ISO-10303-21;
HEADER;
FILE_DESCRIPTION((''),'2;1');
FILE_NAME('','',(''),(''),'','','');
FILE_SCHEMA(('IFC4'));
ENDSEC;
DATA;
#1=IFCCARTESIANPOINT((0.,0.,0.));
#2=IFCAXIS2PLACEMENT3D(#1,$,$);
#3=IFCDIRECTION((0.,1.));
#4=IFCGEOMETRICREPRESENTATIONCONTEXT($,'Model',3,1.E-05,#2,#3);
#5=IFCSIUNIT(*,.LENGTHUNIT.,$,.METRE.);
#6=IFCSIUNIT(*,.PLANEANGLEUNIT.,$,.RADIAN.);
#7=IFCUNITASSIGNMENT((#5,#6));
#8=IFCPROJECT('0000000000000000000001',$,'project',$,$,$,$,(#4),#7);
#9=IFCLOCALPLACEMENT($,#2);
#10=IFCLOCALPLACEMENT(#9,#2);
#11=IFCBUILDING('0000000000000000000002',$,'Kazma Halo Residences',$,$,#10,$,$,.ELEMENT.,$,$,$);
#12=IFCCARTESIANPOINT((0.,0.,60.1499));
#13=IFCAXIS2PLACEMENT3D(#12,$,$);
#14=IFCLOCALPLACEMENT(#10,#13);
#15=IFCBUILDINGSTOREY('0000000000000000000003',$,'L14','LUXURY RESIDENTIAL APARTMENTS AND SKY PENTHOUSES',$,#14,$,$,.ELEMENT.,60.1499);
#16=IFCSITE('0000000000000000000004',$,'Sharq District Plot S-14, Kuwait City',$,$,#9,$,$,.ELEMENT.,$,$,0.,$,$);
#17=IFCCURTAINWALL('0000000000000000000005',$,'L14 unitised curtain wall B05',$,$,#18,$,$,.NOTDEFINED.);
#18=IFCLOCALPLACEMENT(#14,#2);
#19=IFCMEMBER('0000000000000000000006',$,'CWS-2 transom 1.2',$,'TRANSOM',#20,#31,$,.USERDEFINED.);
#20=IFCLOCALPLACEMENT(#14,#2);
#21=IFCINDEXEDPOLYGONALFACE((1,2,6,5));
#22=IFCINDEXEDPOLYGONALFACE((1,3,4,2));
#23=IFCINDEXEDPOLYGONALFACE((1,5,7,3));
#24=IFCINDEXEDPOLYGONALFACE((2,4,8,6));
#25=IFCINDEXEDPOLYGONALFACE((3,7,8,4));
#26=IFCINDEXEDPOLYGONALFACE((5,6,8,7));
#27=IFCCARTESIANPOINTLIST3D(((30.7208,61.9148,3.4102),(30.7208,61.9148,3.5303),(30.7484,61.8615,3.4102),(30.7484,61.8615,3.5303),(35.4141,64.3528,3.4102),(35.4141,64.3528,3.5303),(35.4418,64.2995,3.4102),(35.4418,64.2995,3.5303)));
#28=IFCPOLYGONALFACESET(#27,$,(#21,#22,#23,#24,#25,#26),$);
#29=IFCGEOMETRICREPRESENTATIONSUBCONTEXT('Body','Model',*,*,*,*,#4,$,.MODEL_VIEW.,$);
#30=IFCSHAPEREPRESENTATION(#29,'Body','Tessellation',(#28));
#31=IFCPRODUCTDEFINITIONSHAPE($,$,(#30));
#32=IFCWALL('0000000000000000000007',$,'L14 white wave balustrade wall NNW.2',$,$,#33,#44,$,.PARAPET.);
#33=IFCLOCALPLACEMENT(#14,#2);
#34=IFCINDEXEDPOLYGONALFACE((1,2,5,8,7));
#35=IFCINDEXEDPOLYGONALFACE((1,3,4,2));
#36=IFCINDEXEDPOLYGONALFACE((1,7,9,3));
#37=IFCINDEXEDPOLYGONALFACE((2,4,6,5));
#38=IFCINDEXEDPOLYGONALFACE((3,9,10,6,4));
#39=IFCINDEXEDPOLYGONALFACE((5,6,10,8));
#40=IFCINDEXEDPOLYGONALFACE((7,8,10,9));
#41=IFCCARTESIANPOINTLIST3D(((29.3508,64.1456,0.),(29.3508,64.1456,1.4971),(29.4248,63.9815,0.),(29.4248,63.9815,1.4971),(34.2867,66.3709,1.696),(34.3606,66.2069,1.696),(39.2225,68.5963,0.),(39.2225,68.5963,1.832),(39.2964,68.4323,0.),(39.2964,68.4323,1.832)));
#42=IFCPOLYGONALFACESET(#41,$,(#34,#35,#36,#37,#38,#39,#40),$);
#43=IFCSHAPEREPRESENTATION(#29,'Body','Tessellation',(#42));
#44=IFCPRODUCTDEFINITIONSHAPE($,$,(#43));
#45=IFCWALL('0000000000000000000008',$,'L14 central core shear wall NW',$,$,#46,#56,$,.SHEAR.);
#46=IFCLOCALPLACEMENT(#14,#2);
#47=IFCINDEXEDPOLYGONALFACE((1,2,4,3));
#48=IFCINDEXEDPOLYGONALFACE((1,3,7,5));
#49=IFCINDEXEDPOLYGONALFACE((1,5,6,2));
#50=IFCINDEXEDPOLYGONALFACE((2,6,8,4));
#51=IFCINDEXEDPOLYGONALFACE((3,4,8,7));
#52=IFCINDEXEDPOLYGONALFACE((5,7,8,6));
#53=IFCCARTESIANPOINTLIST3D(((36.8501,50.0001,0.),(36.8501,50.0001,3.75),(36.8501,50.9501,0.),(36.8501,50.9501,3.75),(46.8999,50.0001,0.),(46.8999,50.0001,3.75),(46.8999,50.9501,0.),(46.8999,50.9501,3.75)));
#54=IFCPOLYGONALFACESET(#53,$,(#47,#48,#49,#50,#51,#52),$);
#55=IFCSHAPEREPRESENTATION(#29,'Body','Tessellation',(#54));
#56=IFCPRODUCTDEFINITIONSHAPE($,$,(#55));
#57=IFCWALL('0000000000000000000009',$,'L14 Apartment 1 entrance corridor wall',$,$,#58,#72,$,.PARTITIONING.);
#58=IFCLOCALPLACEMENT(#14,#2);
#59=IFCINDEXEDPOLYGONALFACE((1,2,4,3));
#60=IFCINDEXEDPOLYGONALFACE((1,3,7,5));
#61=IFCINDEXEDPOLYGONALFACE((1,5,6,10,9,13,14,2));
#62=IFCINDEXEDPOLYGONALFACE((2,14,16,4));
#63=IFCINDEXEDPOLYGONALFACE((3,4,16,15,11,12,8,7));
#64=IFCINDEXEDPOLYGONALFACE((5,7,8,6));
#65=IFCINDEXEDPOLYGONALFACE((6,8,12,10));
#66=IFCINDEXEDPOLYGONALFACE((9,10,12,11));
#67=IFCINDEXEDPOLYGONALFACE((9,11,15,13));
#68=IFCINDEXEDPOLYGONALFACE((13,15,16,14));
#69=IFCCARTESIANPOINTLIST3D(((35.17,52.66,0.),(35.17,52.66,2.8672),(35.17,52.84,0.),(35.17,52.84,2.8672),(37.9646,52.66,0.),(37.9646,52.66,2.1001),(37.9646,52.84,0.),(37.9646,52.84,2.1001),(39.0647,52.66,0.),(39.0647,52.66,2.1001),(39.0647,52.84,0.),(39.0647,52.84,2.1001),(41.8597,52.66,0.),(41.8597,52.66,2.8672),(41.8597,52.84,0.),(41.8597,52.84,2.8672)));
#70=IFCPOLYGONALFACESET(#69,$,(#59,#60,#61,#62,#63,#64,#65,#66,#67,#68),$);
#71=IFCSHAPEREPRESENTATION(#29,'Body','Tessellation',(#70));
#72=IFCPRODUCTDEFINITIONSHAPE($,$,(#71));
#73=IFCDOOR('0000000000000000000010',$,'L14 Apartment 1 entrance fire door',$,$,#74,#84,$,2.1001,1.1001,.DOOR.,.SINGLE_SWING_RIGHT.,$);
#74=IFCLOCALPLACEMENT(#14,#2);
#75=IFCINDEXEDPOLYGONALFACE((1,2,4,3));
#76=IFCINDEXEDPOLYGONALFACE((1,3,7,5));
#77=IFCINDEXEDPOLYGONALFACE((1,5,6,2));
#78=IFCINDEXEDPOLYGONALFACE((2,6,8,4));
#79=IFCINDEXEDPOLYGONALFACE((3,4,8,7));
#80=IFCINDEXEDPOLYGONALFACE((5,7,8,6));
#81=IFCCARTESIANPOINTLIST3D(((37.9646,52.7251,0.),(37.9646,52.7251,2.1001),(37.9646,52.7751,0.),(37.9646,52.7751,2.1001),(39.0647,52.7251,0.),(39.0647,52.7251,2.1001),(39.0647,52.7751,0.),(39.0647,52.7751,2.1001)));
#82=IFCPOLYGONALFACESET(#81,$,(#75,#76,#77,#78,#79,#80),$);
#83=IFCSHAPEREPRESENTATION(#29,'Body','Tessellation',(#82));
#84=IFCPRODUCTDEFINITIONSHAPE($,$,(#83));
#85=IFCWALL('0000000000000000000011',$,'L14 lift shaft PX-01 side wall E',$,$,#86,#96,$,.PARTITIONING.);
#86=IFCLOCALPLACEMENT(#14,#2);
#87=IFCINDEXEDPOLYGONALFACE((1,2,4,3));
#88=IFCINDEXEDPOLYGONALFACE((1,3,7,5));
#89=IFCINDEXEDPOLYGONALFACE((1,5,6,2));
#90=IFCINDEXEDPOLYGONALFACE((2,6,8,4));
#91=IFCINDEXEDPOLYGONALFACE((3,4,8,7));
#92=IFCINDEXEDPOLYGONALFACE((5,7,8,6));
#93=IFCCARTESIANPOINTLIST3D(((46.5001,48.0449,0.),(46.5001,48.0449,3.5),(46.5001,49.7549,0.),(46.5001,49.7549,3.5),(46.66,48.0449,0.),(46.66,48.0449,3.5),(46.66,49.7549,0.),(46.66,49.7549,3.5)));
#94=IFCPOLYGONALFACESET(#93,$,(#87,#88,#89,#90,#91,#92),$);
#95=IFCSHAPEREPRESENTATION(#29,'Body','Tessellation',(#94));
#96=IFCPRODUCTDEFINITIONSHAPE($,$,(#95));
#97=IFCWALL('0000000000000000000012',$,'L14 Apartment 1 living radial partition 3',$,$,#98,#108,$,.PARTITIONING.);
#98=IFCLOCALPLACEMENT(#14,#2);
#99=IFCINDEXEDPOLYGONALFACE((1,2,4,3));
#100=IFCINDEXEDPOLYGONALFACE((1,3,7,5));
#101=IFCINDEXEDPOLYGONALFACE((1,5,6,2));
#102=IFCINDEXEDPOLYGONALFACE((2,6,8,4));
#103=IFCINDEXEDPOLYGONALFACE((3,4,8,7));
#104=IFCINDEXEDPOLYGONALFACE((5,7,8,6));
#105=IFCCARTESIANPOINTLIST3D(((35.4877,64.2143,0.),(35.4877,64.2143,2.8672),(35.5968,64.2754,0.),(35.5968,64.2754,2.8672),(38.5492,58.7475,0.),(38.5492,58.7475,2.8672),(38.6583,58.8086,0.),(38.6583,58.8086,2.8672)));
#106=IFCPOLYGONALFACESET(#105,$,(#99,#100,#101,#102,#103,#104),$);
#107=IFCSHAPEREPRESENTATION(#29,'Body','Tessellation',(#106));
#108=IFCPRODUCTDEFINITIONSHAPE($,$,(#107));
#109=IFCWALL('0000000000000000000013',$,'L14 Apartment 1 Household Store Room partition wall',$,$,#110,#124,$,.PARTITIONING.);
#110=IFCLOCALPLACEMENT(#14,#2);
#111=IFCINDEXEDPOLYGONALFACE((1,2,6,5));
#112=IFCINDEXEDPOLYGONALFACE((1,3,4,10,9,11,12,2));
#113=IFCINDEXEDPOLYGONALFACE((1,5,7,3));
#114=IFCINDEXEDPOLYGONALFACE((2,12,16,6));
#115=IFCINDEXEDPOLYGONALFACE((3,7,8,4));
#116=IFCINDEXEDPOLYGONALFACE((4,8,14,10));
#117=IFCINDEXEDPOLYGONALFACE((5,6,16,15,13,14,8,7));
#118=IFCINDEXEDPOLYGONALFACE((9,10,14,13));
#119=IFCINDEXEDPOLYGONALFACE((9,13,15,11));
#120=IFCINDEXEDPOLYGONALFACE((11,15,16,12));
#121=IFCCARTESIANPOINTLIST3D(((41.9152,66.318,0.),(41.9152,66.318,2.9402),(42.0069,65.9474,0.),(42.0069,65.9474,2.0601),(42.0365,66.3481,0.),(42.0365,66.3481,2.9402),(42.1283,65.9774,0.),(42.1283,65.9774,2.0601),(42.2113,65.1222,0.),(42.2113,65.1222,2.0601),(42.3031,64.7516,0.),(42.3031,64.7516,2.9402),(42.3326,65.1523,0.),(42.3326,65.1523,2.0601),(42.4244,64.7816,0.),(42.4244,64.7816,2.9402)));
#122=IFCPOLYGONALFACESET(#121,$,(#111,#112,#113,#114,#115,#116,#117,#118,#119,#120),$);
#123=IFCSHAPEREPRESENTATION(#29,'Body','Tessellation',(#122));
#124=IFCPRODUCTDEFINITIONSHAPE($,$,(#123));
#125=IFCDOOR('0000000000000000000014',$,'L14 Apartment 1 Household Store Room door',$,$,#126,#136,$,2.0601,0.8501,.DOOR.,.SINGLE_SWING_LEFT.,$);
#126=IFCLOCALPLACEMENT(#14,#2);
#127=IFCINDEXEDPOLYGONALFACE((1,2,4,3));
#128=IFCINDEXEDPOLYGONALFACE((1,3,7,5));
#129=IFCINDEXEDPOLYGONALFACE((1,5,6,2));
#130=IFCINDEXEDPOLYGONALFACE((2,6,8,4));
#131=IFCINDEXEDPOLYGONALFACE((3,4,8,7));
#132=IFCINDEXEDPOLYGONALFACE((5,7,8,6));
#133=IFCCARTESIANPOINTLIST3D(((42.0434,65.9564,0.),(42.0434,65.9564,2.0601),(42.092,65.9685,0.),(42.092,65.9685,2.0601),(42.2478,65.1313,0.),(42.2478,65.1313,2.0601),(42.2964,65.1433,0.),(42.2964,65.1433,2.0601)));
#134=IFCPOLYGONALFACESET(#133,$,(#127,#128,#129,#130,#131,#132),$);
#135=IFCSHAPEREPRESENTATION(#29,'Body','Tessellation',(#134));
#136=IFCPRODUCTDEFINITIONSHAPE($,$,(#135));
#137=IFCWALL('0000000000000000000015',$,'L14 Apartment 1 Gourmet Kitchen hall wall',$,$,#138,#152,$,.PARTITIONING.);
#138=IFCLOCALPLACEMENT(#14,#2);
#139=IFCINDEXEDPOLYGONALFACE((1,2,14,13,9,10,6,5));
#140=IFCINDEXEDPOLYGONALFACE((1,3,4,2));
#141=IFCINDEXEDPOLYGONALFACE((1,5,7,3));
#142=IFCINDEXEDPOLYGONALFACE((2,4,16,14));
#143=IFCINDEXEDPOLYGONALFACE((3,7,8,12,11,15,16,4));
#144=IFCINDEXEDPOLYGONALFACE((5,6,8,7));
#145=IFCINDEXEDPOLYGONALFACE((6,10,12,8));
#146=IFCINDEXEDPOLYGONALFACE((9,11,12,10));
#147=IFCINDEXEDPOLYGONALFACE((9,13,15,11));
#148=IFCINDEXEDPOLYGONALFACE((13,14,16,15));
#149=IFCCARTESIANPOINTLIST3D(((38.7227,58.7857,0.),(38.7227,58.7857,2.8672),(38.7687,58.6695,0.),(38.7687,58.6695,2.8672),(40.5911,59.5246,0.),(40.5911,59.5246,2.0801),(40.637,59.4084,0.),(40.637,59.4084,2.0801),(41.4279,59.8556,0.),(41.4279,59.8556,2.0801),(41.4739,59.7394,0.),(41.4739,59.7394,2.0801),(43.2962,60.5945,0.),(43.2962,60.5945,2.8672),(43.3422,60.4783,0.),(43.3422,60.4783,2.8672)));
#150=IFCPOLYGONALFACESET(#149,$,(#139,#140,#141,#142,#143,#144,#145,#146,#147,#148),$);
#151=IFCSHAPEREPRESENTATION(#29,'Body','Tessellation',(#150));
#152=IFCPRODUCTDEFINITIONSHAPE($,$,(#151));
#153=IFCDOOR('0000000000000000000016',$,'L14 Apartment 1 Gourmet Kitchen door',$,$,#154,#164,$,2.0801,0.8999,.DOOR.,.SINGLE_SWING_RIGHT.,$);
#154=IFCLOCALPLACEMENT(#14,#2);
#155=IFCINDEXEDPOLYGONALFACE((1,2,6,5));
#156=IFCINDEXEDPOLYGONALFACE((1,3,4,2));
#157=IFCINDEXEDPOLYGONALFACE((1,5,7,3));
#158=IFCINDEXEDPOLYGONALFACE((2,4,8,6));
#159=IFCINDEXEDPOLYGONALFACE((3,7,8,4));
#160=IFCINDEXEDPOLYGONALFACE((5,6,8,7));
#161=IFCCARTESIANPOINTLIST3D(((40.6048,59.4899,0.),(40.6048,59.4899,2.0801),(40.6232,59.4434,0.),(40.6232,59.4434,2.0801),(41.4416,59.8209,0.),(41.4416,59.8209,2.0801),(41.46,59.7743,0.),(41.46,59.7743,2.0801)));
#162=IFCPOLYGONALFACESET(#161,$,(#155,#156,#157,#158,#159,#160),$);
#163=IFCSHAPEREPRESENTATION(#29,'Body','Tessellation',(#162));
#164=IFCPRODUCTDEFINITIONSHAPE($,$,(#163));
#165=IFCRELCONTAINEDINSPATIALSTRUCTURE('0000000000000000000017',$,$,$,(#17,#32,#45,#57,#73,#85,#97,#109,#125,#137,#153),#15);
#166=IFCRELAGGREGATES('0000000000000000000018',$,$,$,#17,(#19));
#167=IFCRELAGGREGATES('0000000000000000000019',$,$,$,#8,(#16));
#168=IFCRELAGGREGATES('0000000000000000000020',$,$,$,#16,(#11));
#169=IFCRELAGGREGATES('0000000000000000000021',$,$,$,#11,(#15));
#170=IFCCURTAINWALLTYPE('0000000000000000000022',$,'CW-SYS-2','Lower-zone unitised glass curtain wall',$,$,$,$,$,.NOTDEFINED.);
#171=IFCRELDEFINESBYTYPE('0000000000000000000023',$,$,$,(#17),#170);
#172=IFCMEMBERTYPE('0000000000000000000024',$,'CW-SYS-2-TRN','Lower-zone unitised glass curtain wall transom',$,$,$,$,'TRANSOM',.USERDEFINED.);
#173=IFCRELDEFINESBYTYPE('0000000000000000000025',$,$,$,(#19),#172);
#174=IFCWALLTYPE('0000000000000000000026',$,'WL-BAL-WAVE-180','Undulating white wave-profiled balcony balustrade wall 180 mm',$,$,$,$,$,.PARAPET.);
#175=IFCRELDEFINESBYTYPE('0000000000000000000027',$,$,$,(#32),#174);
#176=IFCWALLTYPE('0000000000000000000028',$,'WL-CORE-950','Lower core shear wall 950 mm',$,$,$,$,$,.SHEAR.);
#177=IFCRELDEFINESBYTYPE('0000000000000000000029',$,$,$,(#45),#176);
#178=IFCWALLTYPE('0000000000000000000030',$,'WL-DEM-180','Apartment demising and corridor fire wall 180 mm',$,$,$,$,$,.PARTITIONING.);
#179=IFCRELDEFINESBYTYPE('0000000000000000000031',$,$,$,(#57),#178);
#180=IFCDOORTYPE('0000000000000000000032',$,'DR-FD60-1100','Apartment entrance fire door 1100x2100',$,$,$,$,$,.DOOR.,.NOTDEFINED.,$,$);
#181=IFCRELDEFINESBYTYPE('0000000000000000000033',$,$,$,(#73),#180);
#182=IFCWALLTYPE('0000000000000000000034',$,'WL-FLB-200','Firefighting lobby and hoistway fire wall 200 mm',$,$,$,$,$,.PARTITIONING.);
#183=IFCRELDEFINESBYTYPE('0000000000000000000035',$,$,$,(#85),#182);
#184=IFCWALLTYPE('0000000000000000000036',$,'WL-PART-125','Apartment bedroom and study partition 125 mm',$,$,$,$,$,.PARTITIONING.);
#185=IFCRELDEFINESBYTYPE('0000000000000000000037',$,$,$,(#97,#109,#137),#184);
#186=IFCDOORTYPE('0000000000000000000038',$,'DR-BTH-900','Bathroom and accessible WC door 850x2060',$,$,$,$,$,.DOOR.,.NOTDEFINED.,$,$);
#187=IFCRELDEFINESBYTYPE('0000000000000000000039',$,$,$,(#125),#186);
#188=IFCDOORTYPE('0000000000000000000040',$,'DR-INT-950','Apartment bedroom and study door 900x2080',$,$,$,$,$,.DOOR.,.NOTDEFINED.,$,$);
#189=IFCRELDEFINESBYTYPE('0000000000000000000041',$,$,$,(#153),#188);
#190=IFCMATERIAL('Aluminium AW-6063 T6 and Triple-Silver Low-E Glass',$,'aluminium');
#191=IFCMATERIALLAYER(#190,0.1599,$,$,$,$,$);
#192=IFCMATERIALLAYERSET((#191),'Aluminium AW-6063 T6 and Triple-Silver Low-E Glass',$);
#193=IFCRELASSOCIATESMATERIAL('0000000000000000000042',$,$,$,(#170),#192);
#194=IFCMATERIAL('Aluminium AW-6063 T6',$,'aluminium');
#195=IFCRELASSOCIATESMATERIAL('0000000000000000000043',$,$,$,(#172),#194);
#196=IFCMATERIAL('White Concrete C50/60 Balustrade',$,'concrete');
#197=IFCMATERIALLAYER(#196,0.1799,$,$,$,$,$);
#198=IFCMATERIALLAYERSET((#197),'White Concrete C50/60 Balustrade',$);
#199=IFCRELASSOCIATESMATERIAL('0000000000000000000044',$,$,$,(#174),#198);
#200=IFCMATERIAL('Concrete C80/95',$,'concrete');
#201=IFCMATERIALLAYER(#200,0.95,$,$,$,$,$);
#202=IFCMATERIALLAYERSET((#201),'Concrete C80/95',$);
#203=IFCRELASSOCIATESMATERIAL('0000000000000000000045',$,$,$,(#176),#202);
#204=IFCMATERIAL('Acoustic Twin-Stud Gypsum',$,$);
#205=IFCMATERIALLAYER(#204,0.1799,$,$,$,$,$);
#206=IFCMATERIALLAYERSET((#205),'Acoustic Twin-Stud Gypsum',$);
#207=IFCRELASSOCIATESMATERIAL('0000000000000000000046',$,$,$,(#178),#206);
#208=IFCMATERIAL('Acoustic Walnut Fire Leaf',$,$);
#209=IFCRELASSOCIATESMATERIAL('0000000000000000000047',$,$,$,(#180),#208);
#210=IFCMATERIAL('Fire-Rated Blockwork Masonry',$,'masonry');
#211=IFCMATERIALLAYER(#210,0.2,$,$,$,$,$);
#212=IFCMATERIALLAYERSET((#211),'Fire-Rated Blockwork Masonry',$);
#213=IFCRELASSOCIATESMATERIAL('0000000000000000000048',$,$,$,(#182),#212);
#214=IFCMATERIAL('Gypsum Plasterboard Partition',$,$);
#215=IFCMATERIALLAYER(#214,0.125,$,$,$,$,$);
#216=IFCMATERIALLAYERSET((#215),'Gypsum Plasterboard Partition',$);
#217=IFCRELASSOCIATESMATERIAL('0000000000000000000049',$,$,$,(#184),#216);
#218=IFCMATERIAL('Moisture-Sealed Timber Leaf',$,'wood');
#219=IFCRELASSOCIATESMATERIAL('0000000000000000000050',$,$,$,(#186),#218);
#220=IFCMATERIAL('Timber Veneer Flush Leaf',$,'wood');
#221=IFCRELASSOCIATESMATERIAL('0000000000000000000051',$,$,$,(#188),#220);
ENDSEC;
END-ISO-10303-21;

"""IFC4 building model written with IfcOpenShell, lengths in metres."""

from ifc_helpers import new_model, si_unit, direction, frame, frame_2d, origin, origin_2d, place, context, subcontext, project, spatial, polyline, rectangle, outline, extrude, material, layer, layer_set, material_profile, profile_set, type_object, element, fill, aggregate, save


model = new_model("IFC4")

# Units and contexts
model_context = context("Model", 3, precision=1e-05, world=origin(), true_north=direction((0.0, 1.0)))
body_context = subcontext(model_context, "Body", "Model", "MODEL_VIEW")
ifc_project = project(units=[si_unit("LENGTHUNIT", "METRE"), si_unit("PLANEANGLEUNIT", "RADIAN")], contexts=[model_context])

# Site, building, storey
site_placement = place(None, origin())
site = spatial("IfcSite", under=ifc_project, at=site_placement, Name="Sharq District Plot S-14, Kuwait City", CompositionType="ELEMENT", RefElevation=0.0)
building_placement = place(site_placement, origin())
building = spatial("IfcBuilding", under=site, at=building_placement, Name="Kazma Halo Residences", CompositionType="ELEMENT")
storey_placement = place(building_placement, frame((0.0, 0.0, 60.1499)))
storey = spatial("IfcBuildingStorey", under=building, at=storey_placement, Name="L14", Description="LUXURY RESIDENTIAL APARTMENTS AND SKY PENTHOUSES", CompositionType="ELEMENT", Elevation=60.1499)

# Shared definitions
ifc_material_1 = material(Name="Concrete C80/95", Category="concrete")

# Shared definitions
ifc_material_2 = material(Name="Aluminium AW-6063 T6 and Triple-Silver Low-E Glass", Category="aluminium")
ifc_layer_1 = layer(ifc_material_2, 0.1599)
ifc_layer_set_1 = layer_set([ifc_layer_1], Name="Aluminium AW-6063 T6 and Triple-Silver Low-E Glass")
curtain_wall_type = type_object("IfcCurtainWallType", Name="CW-SYS-2", Description="Lower-zone unitised glass curtain wall", PredefinedType="NOTDEFINED", material=ifc_layer_set_1)
ifc_material_3 = material(Name="Aluminium AW-6063 T6", Category="aluminium")

# Curtain wall, member
curtain_wall_1_placement = place(storey_placement, origin())
curtain_wall_1 = element("IfcCurtainWall", 1, at=curtain_wall_1_placement, inside=storey, type_object=curtain_wall_type, Name="L14 unitised curtain wall B05", PredefinedType="NOTDEFINED")
ifc_material_profile_1 = material_profile(ifc_material_3, rectangle(XDim=0.0601, YDim=0.1201, at=origin_2d()), Name="CWT-60x120")
ifc_profile_set_1 = profile_set([ifc_material_profile_1], Name="Aluminium AW-6063 T6")
member_type_1 = type_object("IfcMemberType", Name="CW-SYS-2-TRN", Description="Lower-zone unitised glass curtain wall transom", ElementType="TRANSOM", PredefinedType="USERDEFINED", material=ifc_profile_set_1)
member_1_placement = place(storey_placement, frame((35.428, 64.3262, 3.4702), z_axis=(-0.887415, -0.460972, 0.0), x_axis=(0.460972, -0.887415, 0.0)))
member_1 = element("IfcMember", 2, at=member_1_placement, type_object=member_type_1, Name="CWS-2 transom 1.2", ObjectType="TRANSOM", PredefinedType="USERDEFINED", context=body_context, shape_type="SweptSolid", body=[
    extrude(rectangle(XDim=0.0601, YDim=0.1201, at=origin_2d()), origin(), (0.0, 0.0, 1.0), 5.2888),
])
aggregate(curtain_wall_1, [member_1])

# Walls
ifc_material_4 = material(Name="White Concrete C50/60 Balustrade", Category="concrete")
ifc_layer_2 = layer(ifc_material_4, 0.1799)
ifc_layer_set_2 = layer_set([ifc_layer_2], Name="White Concrete C50/60 Balustrade")
wall_type_1 = type_object("IfcWallType", Name="WL-BAL-WAVE-180", Description="Undulating white wave-profiled balcony balustrade wall 180 mm", PredefinedType="PARAPET", material=ifc_layer_set_2)
wall_1_placement = place(storey_placement, frame((39.2595, 68.5142, 0.0), z_axis=(0.0, 0.0, 1.0), x_axis=(-0.911629, -0.411015, 0.0)))
element("IfcWall", 3, at=wall_1_placement, inside=storey, type_object=wall_type_1, Name="L14 white wave balustrade wall NNW.2", PredefinedType="PARAPET", context=body_context, shape_type="SweptSolid", body=[
    extrude(outline(polyline([(0.0, 0.0), (10.8286, 0.0), (10.8286, 1.4971), (5.4143, 1.696), (0.0, 1.832), (0.0, 0.0)])), frame((0.0, 0.0898, 0.0), z_axis=(0.0, -1.0, 0.0), x_axis=(1.0, 0.0, 0.0)), (0.0, 0.0, 1.0), 0.1799),
])
ifc_layer_3 = layer(ifc_material_1, 0.95)
ifc_layer_set_3 = layer_set([ifc_layer_3], Name="Concrete C80/95")
wall_type_2 = type_object("IfcWallType", Name="WL-CORE-950", Description="Lower core shear wall 950 mm", PredefinedType="SHEAR", material=ifc_layer_set_3)
wall_2_placement = place(storey_placement, frame((36.8501, 50.4751, 0.0), z_axis=(0.0, 0.0, 1.0), x_axis=(1.0, 0.0, 0.0)))
element("IfcWall", 4, at=wall_2_placement, inside=storey, type_object=wall_type_2, Name="L14 central core shear wall NW", PredefinedType="SHEAR", context=body_context, shape_type="SweptSolid", body=[
    extrude(rectangle(XDim=10.0498, YDim=0.95, at=frame_2d((5.0249, 0.0))), origin(), (0.0, 0.0, 1.0), 3.75),
])

# Wall, opening, door
ifc_material_5 = material(Name="Acoustic Twin-Stud Gypsum")
ifc_layer_4 = layer(ifc_material_5, 0.1799)
ifc_layer_set_4 = layer_set([ifc_layer_4], Name="Acoustic Twin-Stud Gypsum")
wall_type_3 = type_object("IfcWallType", Name="WL-DEM-180", Description="Apartment demising and corridor fire wall 180 mm", PredefinedType="PARTITIONING", material=ifc_layer_set_4)
wall_3_placement = place(storey_placement, frame((41.8596, 52.75, 0.0), z_axis=(0.0, 0.0, 1.0), x_axis=(-1.0, 0.0, 0.0)))
wall_3 = element("IfcWall", 5, at=wall_3_placement, inside=storey, type_object=wall_type_3, Name="L14 Apartment 1 entrance corridor wall", PredefinedType="PARTITIONING", context=body_context, shape_type="SweptSolid", body=[
    extrude(rectangle(XDim=6.6897, YDim=0.1799, at=frame_2d((3.3447, 0.0))), origin(), (0.0, 0.0, 1.0), 2.8672),
])
opening_1_placement = place(wall_3_placement, frame((2.7949, 0.0, 0.0)))
opening_1 = element("IfcOpeningElement", 6, at=opening_1_placement, cuts=wall_3, PredefinedType="OPENING", context=body_context, shape_type="SweptSolid", body=[
    extrude(rectangle(XDim=1.1001, YDim=2.1001, at=frame_2d((0.55, 1.05))), frame((0.0, 0.0999, 0.0), z_axis=(0.0, -1.0, 0.0), x_axis=(1.0, 0.0, 0.0)), (0.0, 0.0, 1.0), 0.2),
])
ifc_material_6 = material(Name="Acoustic Walnut Fire Leaf")
door_type_1 = type_object("IfcDoorType", Name="DR-FD60-1100", Description="Apartment entrance fire door 1100x2100", OperationType="NOTDEFINED", PredefinedType="DOOR", material=ifc_material_6)
door_1_placement = place(opening_1_placement, origin())
door_1 = element("IfcDoor", 7, at=door_1_placement, inside=storey, type_object=door_type_1, Name="L14 Apartment 1 entrance fire door", OperationType="SINGLE_SWING_RIGHT", OverallHeight=2.1001, OverallWidth=1.1001, PredefinedType="DOOR", context=body_context, shape_type="SweptSolid", body=[
    extrude(rectangle(XDim=1.1001, YDim=2.1001, at=frame_2d((0.55, 1.05))), frame((0.0, 0.0249, 0.0), z_axis=(0.0, -1.0, 0.0), x_axis=(1.0, 0.0, 0.0)), (0.0, 0.0, 1.0), 0.05),
])
fill(opening_1, door_1)

# Walls
ifc_material_7 = material(Name="Fire-Rated Blockwork Masonry", Category="masonry")
ifc_layer_5 = layer(ifc_material_7, 0.2)
ifc_layer_set_5 = layer_set([ifc_layer_5], Name="Fire-Rated Blockwork Masonry")
wall_type_4 = type_object("IfcWallType", Name="WL-FLB-200", Description="Firefighting lobby and hoistway fire wall 200 mm", PredefinedType="PARTITIONING", material=ifc_layer_set_5)
wall_4_placement = place(storey_placement, frame((46.5801, 48.0449, 0.0), z_axis=(0.0, 0.0, 1.0), x_axis=(0.0, 1.0, 0.0)))
element("IfcWall", 8, at=wall_4_placement, inside=storey, type_object=wall_type_4, Name="L14 lift shaft PX-01 side wall E", PredefinedType="PARTITIONING", context=body_context, shape_type="SweptSolid", body=[
    extrude(rectangle(XDim=1.71, YDim=0.1599, at=frame_2d((0.855, 0.0))), origin(), (0.0, 0.0, 1.0), 3.5),
])
ifc_material_8 = material(Name="Gypsum Plasterboard Partition")
ifc_layer_6 = layer(ifc_material_8, 0.125)
ifc_layer_set_6 = layer_set([ifc_layer_6], Name="Gypsum Plasterboard Partition")
wall_type_5 = type_object("IfcWallType", Name="WL-PART-125", Description="Apartment bedroom and study partition 125 mm", PredefinedType="PARTITIONING", material=ifc_layer_set_6)
wall_5_placement = place(storey_placement, frame((38.6038, 58.7781, 0.0), z_axis=(0.0, 0.0, 1.0), x_axis=(-0.488618, 0.872498, 0.0)))
element("IfcWall", 9, at=wall_5_placement, inside=storey, type_object=wall_type_5, Name="L14 Apartment 1 living radial partition 3", PredefinedType="PARTITIONING", context=body_context, shape_type="SweptSolid", body=[
    extrude(rectangle(XDim=6.2656, YDim=0.125, at=frame_2d((3.1328, 0.0))), origin(), (0.0, 0.0, 1.0), 2.8672),
])

# Walls, openings, doors
wall_6_placement = place(storey_placement, frame((42.3638, 64.7666, 0.0), z_axis=(0.0, 0.0, 1.0), x_axis=(-0.240399, 0.970674, 0.0)))
wall_6 = element("IfcWall", 10, at=wall_6_placement, inside=storey, type_object=wall_type_5, Name="L14 Apartment 1 Household Store Room partition wall", PredefinedType="PARTITIONING", context=body_context, shape_type="SweptSolid", body=[
    extrude(rectangle(XDim=1.6138, YDim=0.125, at=frame_2d((0.8069, 0.0))), origin(), (0.0, 0.0, 1.0), 2.9402),
])
opening_2_placement = place(wall_6_placement, frame((0.3818, 0.0, 0.0)))
opening_2 = element("IfcOpeningElement", 11, at=opening_2_placement, cuts=wall_6, PredefinedType="OPENING", context=body_context, shape_type="SweptSolid", body=[
    extrude(rectangle(XDim=0.8501, YDim=2.0601, at=frame_2d((0.425, 1.03))), frame((0.0, 0.0725, 0.0), z_axis=(0.0, -1.0, 0.0), x_axis=(1.0, 0.0, 0.0)), (0.0, 0.0, 1.0), 0.145),
])
ifc_material_9 = material(Name="Moisture-Sealed Timber Leaf", Category="wood")
door_type_2 = type_object("IfcDoorType", Name="DR-BTH-900", Description="Bathroom and accessible WC door 850x2060", OperationType="NOTDEFINED", PredefinedType="DOOR", material=ifc_material_9)
door_2_placement = place(opening_2_placement, origin())
door_2 = element("IfcDoor", 12, at=door_2_placement, inside=storey, type_object=door_type_2, Name="L14 Apartment 1 Household Store Room door", OperationType="SINGLE_SWING_LEFT", OverallHeight=2.0601, OverallWidth=0.8501, PredefinedType="DOOR", context=body_context, shape_type="SweptSolid", body=[
    extrude(rectangle(XDim=0.8501, YDim=2.0601, at=frame_2d((0.425, 1.03))), frame((0.0, 0.0249, 0.0), z_axis=(0.0, -1.0, 0.0), x_axis=(1.0, 0.0, 0.0)), (0.0, 0.0, 1.0), 0.05),
])
fill(opening_2, door_2)
wall_7_placement = place(storey_placement, frame((43.3191, 60.5364, 0.0), z_axis=(0.0, 0.0, 1.0), x_axis=(-0.929911, -0.367785, 0.0)))
wall_7 = element("IfcWall", 13, at=wall_7_placement, inside=storey, type_object=wall_type_5, Name="L14 Apartment 1 Gourmet Kitchen hall wall", PredefinedType="PARTITIONING", context=body_context, shape_type="SweptSolid", body=[
    extrude(rectangle(XDim=4.9182, YDim=0.125, at=frame_2d((2.459, 0.0))), origin(), (0.0, 0.0, 1.0), 2.8672),
])
opening_3_placement = place(wall_7_placement, frame((2.009, 0.0, 0.0)))
opening_3 = element("IfcOpeningElement", 14, at=opening_3_placement, cuts=wall_7, PredefinedType="OPENING", context=body_context, shape_type="SweptSolid", body=[
    extrude(rectangle(XDim=0.8999, YDim=2.0801, at=frame_2d((0.45, 1.04))), frame((0.0, 0.0725, 0.0), z_axis=(0.0, -1.0, 0.0), x_axis=(1.0, 0.0, 0.0)), (0.0, 0.0, 1.0), 0.145),
])
ifc_material_10 = material(Name="Timber Veneer Flush Leaf", Category="wood")
door_type_3 = type_object("IfcDoorType", Name="DR-INT-950", Description="Apartment bedroom and study door 900x2080", OperationType="NOTDEFINED", PredefinedType="DOOR", material=ifc_material_10)
door_3_placement = place(opening_3_placement, origin())
door_3 = element("IfcDoor", 15, at=door_3_placement, inside=storey, type_object=door_type_3, Name="L14 Apartment 1 Gourmet Kitchen door", OperationType="SINGLE_SWING_RIGHT", OverallHeight=2.0801, OverallWidth=0.8999, PredefinedType="DOOR", context=body_context, shape_type="SweptSolid", body=[
    extrude(rectangle(XDim=0.8999, YDim=2.0801, at=frame_2d((0.45, 1.04))), frame((0.0, 0.0249, 0.0), z_axis=(0.0, -1.0, 0.0), x_axis=(1.0, 0.0, 0.0)), (0.0, 0.0, 1.0), 0.05),
])
fill(opening_3, door_3)

save(model, "model.ifc")
